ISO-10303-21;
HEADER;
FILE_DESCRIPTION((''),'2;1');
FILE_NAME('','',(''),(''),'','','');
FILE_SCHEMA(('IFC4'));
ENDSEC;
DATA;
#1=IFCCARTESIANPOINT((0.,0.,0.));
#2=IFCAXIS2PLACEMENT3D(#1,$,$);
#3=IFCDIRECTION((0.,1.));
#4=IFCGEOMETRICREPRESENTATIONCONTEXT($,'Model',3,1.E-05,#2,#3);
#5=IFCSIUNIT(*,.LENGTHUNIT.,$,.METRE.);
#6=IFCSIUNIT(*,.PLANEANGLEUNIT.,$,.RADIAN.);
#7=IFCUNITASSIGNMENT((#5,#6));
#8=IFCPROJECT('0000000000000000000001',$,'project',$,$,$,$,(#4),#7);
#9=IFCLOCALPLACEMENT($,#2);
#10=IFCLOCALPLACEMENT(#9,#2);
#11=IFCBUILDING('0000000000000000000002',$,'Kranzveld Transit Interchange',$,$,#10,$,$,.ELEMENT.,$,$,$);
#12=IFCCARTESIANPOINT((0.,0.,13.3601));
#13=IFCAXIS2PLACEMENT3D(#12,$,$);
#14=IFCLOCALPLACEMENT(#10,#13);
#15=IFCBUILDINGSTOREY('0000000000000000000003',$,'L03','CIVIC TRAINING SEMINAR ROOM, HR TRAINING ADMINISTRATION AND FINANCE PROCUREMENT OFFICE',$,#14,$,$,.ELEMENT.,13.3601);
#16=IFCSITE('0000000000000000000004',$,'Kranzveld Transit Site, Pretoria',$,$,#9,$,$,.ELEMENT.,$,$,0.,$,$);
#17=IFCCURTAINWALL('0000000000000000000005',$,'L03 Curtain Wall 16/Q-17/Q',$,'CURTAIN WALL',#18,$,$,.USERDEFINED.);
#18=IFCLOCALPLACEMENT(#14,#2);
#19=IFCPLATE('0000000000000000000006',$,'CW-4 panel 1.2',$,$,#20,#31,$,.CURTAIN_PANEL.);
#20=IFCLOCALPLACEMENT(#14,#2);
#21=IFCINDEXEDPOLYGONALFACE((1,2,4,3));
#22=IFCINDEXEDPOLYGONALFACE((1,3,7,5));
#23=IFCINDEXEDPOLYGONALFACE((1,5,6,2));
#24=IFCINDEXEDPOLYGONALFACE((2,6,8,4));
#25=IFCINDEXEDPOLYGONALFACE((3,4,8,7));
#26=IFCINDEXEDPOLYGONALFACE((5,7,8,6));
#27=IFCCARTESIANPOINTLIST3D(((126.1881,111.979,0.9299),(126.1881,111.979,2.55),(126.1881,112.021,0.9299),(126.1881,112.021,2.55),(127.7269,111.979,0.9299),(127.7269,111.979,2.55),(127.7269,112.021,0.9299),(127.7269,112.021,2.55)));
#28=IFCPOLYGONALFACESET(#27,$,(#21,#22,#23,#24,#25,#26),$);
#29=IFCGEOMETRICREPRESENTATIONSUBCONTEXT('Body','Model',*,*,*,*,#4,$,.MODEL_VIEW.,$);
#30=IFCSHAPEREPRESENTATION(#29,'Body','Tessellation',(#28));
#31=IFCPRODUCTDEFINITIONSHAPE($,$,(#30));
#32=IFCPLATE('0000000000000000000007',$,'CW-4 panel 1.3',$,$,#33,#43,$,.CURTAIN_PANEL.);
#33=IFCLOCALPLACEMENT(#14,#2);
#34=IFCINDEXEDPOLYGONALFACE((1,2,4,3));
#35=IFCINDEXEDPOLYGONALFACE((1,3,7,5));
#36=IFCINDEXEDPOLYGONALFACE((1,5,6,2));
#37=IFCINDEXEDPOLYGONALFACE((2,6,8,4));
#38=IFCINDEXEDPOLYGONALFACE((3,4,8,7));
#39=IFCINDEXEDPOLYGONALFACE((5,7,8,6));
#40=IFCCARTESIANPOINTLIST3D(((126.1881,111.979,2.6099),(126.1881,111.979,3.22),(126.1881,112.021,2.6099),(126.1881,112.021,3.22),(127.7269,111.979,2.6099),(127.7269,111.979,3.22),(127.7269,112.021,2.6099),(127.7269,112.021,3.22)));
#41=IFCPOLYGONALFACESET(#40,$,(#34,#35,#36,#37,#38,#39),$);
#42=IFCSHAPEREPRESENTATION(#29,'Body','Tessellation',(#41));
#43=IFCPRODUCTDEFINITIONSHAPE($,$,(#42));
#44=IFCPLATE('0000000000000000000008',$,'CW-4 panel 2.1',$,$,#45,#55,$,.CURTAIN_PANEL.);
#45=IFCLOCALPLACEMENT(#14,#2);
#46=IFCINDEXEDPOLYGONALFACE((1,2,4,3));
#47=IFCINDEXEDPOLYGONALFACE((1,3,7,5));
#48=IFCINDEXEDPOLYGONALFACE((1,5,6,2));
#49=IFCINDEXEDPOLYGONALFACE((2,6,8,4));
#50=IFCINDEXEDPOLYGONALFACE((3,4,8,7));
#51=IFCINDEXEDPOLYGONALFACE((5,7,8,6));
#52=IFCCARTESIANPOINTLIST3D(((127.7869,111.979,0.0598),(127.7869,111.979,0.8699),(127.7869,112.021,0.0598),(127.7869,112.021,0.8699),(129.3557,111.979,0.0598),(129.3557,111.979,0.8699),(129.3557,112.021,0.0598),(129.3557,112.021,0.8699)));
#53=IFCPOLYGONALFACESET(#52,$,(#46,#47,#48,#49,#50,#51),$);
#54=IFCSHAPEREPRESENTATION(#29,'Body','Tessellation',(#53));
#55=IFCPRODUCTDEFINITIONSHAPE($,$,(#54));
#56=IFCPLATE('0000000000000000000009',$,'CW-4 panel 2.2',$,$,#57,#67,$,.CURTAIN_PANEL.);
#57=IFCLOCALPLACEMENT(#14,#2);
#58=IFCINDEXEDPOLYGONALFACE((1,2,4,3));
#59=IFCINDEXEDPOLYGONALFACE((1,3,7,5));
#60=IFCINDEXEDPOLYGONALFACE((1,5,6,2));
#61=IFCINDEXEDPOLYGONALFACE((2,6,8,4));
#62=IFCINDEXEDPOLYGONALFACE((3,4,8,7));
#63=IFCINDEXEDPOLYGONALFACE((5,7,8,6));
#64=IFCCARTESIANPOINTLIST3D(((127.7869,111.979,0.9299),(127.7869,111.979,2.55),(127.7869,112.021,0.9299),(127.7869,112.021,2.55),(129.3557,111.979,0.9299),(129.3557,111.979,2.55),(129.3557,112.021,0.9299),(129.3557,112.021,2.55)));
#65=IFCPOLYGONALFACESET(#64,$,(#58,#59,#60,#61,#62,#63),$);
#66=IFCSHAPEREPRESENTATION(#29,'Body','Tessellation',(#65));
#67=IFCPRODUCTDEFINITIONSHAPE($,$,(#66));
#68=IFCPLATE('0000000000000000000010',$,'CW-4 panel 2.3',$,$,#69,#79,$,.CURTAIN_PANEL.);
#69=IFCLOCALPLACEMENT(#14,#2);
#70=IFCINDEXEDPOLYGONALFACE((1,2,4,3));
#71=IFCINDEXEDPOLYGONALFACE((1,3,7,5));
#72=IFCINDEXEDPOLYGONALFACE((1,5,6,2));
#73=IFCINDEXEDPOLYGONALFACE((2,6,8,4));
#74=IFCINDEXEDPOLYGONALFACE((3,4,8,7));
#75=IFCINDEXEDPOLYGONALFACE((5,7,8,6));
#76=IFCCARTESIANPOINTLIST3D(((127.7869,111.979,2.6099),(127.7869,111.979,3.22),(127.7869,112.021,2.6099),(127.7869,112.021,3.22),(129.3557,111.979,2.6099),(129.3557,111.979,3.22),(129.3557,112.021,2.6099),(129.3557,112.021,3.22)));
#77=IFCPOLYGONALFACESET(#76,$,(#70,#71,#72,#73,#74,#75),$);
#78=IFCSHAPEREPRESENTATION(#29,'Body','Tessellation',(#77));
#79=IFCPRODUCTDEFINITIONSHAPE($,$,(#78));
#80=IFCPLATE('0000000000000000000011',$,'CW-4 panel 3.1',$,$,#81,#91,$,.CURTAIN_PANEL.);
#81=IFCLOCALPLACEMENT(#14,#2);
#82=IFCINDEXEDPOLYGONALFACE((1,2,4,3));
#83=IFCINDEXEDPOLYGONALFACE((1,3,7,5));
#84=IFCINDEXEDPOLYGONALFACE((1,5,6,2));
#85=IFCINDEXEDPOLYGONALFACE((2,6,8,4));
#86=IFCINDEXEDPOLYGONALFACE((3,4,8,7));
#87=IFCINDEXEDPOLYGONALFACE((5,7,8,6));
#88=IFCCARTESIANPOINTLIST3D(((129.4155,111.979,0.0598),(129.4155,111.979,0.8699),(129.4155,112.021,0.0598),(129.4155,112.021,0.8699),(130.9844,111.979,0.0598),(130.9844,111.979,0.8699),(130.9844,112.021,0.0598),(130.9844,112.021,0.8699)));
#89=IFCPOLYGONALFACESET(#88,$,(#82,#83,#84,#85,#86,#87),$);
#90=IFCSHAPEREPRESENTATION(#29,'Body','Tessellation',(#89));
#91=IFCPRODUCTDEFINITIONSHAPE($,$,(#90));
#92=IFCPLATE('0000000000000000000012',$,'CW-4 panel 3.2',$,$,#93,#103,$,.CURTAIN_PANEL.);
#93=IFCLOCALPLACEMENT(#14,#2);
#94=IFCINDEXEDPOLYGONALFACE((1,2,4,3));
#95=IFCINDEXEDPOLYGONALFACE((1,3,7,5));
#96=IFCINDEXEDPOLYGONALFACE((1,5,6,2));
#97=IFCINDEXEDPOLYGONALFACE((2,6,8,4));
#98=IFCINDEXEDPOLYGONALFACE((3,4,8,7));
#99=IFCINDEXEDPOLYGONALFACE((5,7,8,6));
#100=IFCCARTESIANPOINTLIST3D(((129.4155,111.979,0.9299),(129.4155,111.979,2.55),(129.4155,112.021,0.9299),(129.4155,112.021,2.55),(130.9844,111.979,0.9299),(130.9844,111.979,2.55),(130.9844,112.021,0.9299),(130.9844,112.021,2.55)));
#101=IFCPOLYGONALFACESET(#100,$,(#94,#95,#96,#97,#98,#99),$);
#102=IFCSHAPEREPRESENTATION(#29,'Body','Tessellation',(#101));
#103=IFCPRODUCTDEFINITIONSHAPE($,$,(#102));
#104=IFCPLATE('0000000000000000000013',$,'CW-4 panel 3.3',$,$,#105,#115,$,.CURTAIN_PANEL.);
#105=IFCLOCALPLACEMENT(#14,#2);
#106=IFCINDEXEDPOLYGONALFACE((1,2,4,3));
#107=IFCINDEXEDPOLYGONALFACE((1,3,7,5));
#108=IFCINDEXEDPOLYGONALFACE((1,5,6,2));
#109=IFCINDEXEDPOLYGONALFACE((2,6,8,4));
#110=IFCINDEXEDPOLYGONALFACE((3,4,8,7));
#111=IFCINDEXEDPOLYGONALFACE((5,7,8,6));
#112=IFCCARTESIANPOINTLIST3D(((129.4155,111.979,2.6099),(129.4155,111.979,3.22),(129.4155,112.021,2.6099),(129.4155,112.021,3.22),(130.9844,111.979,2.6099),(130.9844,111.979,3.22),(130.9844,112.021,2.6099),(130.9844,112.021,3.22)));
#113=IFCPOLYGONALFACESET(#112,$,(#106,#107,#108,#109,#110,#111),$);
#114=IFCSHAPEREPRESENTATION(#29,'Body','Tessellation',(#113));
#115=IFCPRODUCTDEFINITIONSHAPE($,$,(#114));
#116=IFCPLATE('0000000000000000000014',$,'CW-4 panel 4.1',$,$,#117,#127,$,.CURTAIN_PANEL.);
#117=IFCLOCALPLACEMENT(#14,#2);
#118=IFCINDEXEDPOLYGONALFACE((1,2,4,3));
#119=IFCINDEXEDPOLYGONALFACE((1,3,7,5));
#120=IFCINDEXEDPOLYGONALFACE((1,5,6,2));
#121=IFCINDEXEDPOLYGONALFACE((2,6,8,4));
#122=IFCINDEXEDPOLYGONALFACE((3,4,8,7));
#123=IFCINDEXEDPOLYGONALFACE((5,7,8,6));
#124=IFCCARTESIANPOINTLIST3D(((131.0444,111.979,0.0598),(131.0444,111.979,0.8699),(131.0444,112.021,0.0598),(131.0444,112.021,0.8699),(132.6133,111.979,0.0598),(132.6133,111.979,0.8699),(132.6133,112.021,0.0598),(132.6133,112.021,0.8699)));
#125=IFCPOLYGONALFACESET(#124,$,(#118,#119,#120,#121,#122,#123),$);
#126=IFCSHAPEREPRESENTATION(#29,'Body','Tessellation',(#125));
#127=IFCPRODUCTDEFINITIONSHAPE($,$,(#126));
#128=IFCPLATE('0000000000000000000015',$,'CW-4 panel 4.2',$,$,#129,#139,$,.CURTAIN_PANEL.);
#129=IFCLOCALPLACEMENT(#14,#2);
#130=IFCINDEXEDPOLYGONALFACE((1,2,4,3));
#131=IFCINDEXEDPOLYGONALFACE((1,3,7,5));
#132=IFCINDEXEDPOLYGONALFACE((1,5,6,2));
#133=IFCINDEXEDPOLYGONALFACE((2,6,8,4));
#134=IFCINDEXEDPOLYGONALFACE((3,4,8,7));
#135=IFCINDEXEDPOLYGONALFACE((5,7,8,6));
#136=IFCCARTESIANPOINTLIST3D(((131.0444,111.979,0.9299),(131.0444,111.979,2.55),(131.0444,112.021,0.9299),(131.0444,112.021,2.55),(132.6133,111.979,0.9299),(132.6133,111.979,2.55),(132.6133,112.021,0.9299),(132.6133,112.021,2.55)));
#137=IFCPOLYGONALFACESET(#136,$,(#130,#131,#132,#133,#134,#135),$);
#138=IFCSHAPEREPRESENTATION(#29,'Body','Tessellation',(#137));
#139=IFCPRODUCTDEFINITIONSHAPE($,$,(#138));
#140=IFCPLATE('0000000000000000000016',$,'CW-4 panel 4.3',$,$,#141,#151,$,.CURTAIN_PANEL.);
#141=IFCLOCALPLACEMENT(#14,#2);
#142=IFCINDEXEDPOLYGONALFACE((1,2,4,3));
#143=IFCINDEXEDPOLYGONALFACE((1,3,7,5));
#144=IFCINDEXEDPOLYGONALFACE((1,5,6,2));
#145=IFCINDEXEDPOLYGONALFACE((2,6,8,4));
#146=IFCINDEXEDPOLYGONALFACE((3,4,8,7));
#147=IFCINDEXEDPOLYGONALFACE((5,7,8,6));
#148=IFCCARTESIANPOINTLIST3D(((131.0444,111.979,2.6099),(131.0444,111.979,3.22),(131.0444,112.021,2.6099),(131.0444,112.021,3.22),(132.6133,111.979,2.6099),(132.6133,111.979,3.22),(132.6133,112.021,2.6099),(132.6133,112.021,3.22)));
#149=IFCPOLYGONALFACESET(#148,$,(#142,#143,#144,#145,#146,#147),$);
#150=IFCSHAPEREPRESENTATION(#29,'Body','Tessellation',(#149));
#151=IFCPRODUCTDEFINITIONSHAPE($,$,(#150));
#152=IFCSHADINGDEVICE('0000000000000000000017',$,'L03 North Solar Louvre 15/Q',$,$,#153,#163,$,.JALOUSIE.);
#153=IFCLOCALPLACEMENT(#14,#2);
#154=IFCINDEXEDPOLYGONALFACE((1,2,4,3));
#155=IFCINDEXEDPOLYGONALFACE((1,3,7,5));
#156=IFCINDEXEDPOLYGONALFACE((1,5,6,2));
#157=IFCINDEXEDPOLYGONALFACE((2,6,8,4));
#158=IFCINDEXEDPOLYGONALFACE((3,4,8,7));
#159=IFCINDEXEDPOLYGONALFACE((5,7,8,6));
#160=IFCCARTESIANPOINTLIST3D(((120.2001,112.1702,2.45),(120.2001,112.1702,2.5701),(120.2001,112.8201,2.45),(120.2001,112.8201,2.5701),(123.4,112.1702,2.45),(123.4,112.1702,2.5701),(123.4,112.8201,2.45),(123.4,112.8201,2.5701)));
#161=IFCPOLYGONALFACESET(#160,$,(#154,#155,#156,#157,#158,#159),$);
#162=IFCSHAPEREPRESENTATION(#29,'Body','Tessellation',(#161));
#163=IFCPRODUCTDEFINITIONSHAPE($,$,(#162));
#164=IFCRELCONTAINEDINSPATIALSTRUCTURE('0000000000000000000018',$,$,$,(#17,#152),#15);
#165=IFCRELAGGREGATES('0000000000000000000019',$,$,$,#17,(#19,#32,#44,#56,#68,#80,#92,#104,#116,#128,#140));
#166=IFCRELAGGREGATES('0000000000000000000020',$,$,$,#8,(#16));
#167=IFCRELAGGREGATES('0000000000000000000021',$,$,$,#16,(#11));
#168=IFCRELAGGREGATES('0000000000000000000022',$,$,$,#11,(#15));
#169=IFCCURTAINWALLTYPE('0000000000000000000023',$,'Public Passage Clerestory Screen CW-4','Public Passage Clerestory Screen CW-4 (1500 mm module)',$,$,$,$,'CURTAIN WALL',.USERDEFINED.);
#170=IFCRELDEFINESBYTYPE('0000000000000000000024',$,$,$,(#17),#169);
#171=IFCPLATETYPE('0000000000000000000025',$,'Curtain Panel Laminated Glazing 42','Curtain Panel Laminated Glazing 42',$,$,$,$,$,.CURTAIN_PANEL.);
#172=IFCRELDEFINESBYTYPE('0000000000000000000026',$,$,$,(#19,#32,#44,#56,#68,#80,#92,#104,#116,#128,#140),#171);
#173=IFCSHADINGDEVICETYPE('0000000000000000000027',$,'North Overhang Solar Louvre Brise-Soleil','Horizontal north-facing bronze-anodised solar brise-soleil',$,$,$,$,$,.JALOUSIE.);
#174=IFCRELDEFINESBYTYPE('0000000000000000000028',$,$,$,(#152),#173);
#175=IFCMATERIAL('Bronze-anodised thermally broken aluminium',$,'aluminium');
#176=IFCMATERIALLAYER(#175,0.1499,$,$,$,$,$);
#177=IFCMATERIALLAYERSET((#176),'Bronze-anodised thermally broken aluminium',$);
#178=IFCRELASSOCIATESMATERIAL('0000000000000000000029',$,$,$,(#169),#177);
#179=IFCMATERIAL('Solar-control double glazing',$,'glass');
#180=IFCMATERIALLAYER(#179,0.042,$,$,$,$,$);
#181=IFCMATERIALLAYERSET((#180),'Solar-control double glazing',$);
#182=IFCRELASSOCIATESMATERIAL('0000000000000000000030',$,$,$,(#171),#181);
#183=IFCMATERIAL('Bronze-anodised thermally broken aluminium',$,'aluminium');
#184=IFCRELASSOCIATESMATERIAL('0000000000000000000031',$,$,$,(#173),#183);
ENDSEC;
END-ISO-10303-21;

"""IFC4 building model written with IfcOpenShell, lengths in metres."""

from ifc_helpers import new_model, si_unit, direction, frame, origin, origin_2d, place, context, subcontext, project, spatial, rectangle, extrude, material, layer, layer_set, type_object, element, aggregate, save


model = new_model("IFC4")

# Units and contexts
model_context = context("Model", 3, precision=1e-05, world=origin(), true_north=direction((0.0, 1.0)))
body_context = subcontext(model_context, "Body", "Model", "MODEL_VIEW")
ifc_project = project(units=[si_unit("LENGTHUNIT", "METRE"), si_unit("PLANEANGLEUNIT", "RADIAN")], contexts=[model_context])

# Site, building, storey
site_placement = place(None, origin())
site = spatial("IfcSite", under=ifc_project, at=site_placement, Name="Kranzveld Transit Site, Pretoria", CompositionType="ELEMENT", RefElevation=0.0)
building_placement = place(site_placement, origin())
building = spatial("IfcBuilding", under=site, at=building_placement, Name="Kranzveld Transit Interchange", CompositionType="ELEMENT")
storey_placement = place(building_placement, frame((0.0, 0.0, 13.3601)))
storey = spatial("IfcBuildingStorey", under=building, at=storey_placement, Name="L03", Description="CIVIC TRAINING SEMINAR ROOM, HR TRAINING ADMINISTRATION AND FINANCE PROCUREMENT OFFICE", CompositionType="ELEMENT", Elevation=13.3601)

# Curtain wall, plates
ifc_material_1 = material(Name="Bronze-anodised thermally broken aluminium", Category="aluminium")
ifc_layer_1 = layer(ifc_material_1, 0.1499)
ifc_layer_set_1 = layer_set([ifc_layer_1], Name="Bronze-anodised thermally broken aluminium")
curtain_wall_type = type_object("IfcCurtainWallType", Name="Public Passage Clerestory Screen CW-4", Description="Public Passage Clerestory Screen CW-4 (1500 mm module)", ElementType="CURTAIN WALL", PredefinedType="USERDEFINED", material=ifc_layer_set_1)
curtain_wall_placement = place(storey_placement, origin())
curtain_wall = element("IfcCurtainWall", 1, at=curtain_wall_placement, inside=storey, type_object=curtain_wall_type, Name="L03 Curtain Wall 16/Q-17/Q", ObjectType="CURTAIN WALL", PredefinedType="USERDEFINED")
ifc_material_2 = material(Name="Solar-control double glazing", Category="glass")
ifc_layer_2 = layer(ifc_material_2, 0.042)
ifc_layer_set_2 = layer_set([ifc_layer_2], Name="Solar-control double glazing")
plate_type = type_object("IfcPlateType", Name="Curtain Panel Laminated Glazing 42", Description="Curtain Panel Laminated Glazing 42", PredefinedType="CURTAIN_PANEL", material=ifc_layer_set_2)
plate_1_placement = place(storey_placement, frame((126.9575, 112.0, 0.9299), z_axis=(0.0, 0.0, 1.0), x_axis=(1.0, 0.0, 0.0)))
plate_1 = element("IfcPlate", 2, at=plate_1_placement, type_object=plate_type, Name="CW-4 panel 1.2", PredefinedType="CURTAIN_PANEL", context=body_context, shape_type="SweptSolid", body=[
    extrude(rectangle(XDim=1.5388, YDim=0.042, at=origin_2d()), origin(), (0.0, 0.0, 1.0), 1.6201),
])
plate_2_placement = place(storey_placement, frame((126.9575, 112.0, 2.6099), z_axis=(0.0, 0.0, 1.0), x_axis=(1.0, 0.0, 0.0)))
plate_2 = element("IfcPlate", 3, at=plate_2_placement, type_object=plate_type, Name="CW-4 panel 1.3", PredefinedType="CURTAIN_PANEL", context=body_context, shape_type="SweptSolid", body=[
    extrude(rectangle(XDim=1.5388, YDim=0.042, at=origin_2d()), origin(), (0.0, 0.0, 1.0), 0.6101),
])
plate_3_placement = place(storey_placement, frame((128.5713, 112.0, 0.0598), z_axis=(0.0, 0.0, 1.0), x_axis=(1.0, 0.0, 0.0)))
plate_3 = element("IfcPlate", 4, at=plate_3_placement, type_object=plate_type, Name="CW-4 panel 2.1", PredefinedType="CURTAIN_PANEL", context=body_context, shape_type="SweptSolid", body=[
    extrude(rectangle(XDim=1.5688, YDim=0.042, at=origin_2d()), origin(), (0.0, 0.0, 1.0), 0.8101),
])
plate_4_placement = place(storey_placement, frame((128.5713, 112.0, 0.9299), z_axis=(0.0, 0.0, 1.0), x_axis=(1.0, 0.0, 0.0)))
plate_4 = element("IfcPlate", 5, at=plate_4_placement, type_object=plate_type, Name="CW-4 panel 2.2", PredefinedType="CURTAIN_PANEL", context=body_context, shape_type="SweptSolid", body=[
    extrude(rectangle(XDim=1.5688, YDim=0.042, at=origin_2d()), origin(), (0.0, 0.0, 1.0), 1.6201),
])
plate_5_placement = place(storey_placement, frame((128.5713, 112.0, 2.6099), z_axis=(0.0, 0.0, 1.0), x_axis=(1.0, 0.0, 0.0)))
plate_5 = element("IfcPlate", 6, at=plate_5_placement, type_object=plate_type, Name="CW-4 panel 2.3", PredefinedType="CURTAIN_PANEL", context=body_context, shape_type="SweptSolid", body=[
    extrude(rectangle(XDim=1.5688, YDim=0.042, at=origin_2d()), origin(), (0.0, 0.0, 1.0), 0.6101),
])
plate_6_placement = place(storey_placement, frame((130.2, 112.0, 0.0598), z_axis=(0.0, 0.0, 1.0), x_axis=(1.0, 0.0, 0.0)))
plate_6 = element("IfcPlate", 7, at=plate_6_placement, type_object=plate_type, Name="CW-4 panel 3.1", PredefinedType="CURTAIN_PANEL", context=body_context, shape_type="SweptSolid", body=[
    extrude(rectangle(XDim=1.5688, YDim=0.042, at=origin_2d()), origin(), (0.0, 0.0, 1.0), 0.8101),
])
plate_7_placement = place(storey_placement, frame((130.2, 112.0, 0.9299), z_axis=(0.0, 0.0, 1.0), x_axis=(1.0, 0.0, 0.0)))
plate_7 = element("IfcPlate", 8, at=plate_7_placement, type_object=plate_type, Name="CW-4 panel 3.2", PredefinedType="CURTAIN_PANEL", context=body_context, shape_type="SweptSolid", body=[
    extrude(rectangle(XDim=1.5688, YDim=0.042, at=origin_2d()), origin(), (0.0, 0.0, 1.0), 1.6201),
])
plate_8_placement = place(storey_placement, frame((130.2, 112.0, 2.6099), z_axis=(0.0, 0.0, 1.0), x_axis=(1.0, 0.0, 0.0)))
plate_8 = element("IfcPlate", 9, at=plate_8_placement, type_object=plate_type, Name="CW-4 panel 3.3", PredefinedType="CURTAIN_PANEL", context=body_context, shape_type="SweptSolid", body=[
    extrude(rectangle(XDim=1.5688, YDim=0.042, at=origin_2d()), origin(), (0.0, 0.0, 1.0), 0.6101),
])
plate_9_placement = place(storey_placement, frame((131.8289, 112.0, 0.0598), z_axis=(0.0, 0.0, 1.0), x_axis=(1.0, 0.0, 0.0)))
plate_9 = element("IfcPlate", 10, at=plate_9_placement, type_object=plate_type, Name="CW-4 panel 4.1", PredefinedType="CURTAIN_PANEL", context=body_context, shape_type="SweptSolid", body=[
    extrude(rectangle(XDim=1.5688, YDim=0.042, at=origin_2d()), origin(), (0.0, 0.0, 1.0), 0.8101),
])
plate_10_placement = place(storey_placement, frame((131.8289, 112.0, 0.9299), z_axis=(0.0, 0.0, 1.0), x_axis=(1.0, 0.0, 0.0)))
plate_10 = element("IfcPlate", 11, at=plate_10_placement, type_object=plate_type, Name="CW-4 panel 4.2", PredefinedType="CURTAIN_PANEL", context=body_context, shape_type="SweptSolid", body=[
    extrude(rectangle(XDim=1.5688, YDim=0.042, at=origin_2d()), origin(), (0.0, 0.0, 1.0), 1.6201),
])
plate_11_placement = place(storey_placement, frame((131.8289, 112.0, 2.6099), z_axis=(0.0, 0.0, 1.0), x_axis=(1.0, 0.0, 0.0)))
plate_11 = element("IfcPlate", 12, at=plate_11_placement, type_object=plate_type, Name="CW-4 panel 4.3", PredefinedType="CURTAIN_PANEL", context=body_context, shape_type="SweptSolid", body=[
    extrude(rectangle(XDim=1.5688, YDim=0.042, at=origin_2d()), origin(), (0.0, 0.0, 1.0), 0.6101),
])
aggregate(curtain_wall, [plate_1, plate_2, plate_3, plate_4, plate_5, plate_6, plate_7, plate_8, plate_9, plate_10, plate_11])

# Shading device
ifc_material_3 = material(Name="Bronze-anodised thermally broken aluminium", Category="aluminium")
shading_device_type = type_object("IfcShadingDeviceType", Name="North Overhang Solar Louvre Brise-Soleil", Description="Horizontal north-facing bronze-anodised solar brise-soleil", PredefinedType="JALOUSIE", material=ifc_material_3)
shading_device_placement = place(storey_placement, frame((121.8, 112.4951, 2.45), z_axis=(0.0, 0.0, 1.0), x_axis=(1.0, 0.0, 0.0)))
element("IfcShadingDevice", 13, at=shading_device_placement, inside=storey, type_object=shading_device_type, Name="L03 North Solar Louvre 15/Q", PredefinedType="JALOUSIE", context=body_context, shape_type="SweptSolid", body=[
    extrude(rectangle(XDim=3.2, YDim=0.6499, at=origin_2d()), origin(), (0.0, 0.0, 1.0), 0.1201),
])

save(model, "model.ifc")
